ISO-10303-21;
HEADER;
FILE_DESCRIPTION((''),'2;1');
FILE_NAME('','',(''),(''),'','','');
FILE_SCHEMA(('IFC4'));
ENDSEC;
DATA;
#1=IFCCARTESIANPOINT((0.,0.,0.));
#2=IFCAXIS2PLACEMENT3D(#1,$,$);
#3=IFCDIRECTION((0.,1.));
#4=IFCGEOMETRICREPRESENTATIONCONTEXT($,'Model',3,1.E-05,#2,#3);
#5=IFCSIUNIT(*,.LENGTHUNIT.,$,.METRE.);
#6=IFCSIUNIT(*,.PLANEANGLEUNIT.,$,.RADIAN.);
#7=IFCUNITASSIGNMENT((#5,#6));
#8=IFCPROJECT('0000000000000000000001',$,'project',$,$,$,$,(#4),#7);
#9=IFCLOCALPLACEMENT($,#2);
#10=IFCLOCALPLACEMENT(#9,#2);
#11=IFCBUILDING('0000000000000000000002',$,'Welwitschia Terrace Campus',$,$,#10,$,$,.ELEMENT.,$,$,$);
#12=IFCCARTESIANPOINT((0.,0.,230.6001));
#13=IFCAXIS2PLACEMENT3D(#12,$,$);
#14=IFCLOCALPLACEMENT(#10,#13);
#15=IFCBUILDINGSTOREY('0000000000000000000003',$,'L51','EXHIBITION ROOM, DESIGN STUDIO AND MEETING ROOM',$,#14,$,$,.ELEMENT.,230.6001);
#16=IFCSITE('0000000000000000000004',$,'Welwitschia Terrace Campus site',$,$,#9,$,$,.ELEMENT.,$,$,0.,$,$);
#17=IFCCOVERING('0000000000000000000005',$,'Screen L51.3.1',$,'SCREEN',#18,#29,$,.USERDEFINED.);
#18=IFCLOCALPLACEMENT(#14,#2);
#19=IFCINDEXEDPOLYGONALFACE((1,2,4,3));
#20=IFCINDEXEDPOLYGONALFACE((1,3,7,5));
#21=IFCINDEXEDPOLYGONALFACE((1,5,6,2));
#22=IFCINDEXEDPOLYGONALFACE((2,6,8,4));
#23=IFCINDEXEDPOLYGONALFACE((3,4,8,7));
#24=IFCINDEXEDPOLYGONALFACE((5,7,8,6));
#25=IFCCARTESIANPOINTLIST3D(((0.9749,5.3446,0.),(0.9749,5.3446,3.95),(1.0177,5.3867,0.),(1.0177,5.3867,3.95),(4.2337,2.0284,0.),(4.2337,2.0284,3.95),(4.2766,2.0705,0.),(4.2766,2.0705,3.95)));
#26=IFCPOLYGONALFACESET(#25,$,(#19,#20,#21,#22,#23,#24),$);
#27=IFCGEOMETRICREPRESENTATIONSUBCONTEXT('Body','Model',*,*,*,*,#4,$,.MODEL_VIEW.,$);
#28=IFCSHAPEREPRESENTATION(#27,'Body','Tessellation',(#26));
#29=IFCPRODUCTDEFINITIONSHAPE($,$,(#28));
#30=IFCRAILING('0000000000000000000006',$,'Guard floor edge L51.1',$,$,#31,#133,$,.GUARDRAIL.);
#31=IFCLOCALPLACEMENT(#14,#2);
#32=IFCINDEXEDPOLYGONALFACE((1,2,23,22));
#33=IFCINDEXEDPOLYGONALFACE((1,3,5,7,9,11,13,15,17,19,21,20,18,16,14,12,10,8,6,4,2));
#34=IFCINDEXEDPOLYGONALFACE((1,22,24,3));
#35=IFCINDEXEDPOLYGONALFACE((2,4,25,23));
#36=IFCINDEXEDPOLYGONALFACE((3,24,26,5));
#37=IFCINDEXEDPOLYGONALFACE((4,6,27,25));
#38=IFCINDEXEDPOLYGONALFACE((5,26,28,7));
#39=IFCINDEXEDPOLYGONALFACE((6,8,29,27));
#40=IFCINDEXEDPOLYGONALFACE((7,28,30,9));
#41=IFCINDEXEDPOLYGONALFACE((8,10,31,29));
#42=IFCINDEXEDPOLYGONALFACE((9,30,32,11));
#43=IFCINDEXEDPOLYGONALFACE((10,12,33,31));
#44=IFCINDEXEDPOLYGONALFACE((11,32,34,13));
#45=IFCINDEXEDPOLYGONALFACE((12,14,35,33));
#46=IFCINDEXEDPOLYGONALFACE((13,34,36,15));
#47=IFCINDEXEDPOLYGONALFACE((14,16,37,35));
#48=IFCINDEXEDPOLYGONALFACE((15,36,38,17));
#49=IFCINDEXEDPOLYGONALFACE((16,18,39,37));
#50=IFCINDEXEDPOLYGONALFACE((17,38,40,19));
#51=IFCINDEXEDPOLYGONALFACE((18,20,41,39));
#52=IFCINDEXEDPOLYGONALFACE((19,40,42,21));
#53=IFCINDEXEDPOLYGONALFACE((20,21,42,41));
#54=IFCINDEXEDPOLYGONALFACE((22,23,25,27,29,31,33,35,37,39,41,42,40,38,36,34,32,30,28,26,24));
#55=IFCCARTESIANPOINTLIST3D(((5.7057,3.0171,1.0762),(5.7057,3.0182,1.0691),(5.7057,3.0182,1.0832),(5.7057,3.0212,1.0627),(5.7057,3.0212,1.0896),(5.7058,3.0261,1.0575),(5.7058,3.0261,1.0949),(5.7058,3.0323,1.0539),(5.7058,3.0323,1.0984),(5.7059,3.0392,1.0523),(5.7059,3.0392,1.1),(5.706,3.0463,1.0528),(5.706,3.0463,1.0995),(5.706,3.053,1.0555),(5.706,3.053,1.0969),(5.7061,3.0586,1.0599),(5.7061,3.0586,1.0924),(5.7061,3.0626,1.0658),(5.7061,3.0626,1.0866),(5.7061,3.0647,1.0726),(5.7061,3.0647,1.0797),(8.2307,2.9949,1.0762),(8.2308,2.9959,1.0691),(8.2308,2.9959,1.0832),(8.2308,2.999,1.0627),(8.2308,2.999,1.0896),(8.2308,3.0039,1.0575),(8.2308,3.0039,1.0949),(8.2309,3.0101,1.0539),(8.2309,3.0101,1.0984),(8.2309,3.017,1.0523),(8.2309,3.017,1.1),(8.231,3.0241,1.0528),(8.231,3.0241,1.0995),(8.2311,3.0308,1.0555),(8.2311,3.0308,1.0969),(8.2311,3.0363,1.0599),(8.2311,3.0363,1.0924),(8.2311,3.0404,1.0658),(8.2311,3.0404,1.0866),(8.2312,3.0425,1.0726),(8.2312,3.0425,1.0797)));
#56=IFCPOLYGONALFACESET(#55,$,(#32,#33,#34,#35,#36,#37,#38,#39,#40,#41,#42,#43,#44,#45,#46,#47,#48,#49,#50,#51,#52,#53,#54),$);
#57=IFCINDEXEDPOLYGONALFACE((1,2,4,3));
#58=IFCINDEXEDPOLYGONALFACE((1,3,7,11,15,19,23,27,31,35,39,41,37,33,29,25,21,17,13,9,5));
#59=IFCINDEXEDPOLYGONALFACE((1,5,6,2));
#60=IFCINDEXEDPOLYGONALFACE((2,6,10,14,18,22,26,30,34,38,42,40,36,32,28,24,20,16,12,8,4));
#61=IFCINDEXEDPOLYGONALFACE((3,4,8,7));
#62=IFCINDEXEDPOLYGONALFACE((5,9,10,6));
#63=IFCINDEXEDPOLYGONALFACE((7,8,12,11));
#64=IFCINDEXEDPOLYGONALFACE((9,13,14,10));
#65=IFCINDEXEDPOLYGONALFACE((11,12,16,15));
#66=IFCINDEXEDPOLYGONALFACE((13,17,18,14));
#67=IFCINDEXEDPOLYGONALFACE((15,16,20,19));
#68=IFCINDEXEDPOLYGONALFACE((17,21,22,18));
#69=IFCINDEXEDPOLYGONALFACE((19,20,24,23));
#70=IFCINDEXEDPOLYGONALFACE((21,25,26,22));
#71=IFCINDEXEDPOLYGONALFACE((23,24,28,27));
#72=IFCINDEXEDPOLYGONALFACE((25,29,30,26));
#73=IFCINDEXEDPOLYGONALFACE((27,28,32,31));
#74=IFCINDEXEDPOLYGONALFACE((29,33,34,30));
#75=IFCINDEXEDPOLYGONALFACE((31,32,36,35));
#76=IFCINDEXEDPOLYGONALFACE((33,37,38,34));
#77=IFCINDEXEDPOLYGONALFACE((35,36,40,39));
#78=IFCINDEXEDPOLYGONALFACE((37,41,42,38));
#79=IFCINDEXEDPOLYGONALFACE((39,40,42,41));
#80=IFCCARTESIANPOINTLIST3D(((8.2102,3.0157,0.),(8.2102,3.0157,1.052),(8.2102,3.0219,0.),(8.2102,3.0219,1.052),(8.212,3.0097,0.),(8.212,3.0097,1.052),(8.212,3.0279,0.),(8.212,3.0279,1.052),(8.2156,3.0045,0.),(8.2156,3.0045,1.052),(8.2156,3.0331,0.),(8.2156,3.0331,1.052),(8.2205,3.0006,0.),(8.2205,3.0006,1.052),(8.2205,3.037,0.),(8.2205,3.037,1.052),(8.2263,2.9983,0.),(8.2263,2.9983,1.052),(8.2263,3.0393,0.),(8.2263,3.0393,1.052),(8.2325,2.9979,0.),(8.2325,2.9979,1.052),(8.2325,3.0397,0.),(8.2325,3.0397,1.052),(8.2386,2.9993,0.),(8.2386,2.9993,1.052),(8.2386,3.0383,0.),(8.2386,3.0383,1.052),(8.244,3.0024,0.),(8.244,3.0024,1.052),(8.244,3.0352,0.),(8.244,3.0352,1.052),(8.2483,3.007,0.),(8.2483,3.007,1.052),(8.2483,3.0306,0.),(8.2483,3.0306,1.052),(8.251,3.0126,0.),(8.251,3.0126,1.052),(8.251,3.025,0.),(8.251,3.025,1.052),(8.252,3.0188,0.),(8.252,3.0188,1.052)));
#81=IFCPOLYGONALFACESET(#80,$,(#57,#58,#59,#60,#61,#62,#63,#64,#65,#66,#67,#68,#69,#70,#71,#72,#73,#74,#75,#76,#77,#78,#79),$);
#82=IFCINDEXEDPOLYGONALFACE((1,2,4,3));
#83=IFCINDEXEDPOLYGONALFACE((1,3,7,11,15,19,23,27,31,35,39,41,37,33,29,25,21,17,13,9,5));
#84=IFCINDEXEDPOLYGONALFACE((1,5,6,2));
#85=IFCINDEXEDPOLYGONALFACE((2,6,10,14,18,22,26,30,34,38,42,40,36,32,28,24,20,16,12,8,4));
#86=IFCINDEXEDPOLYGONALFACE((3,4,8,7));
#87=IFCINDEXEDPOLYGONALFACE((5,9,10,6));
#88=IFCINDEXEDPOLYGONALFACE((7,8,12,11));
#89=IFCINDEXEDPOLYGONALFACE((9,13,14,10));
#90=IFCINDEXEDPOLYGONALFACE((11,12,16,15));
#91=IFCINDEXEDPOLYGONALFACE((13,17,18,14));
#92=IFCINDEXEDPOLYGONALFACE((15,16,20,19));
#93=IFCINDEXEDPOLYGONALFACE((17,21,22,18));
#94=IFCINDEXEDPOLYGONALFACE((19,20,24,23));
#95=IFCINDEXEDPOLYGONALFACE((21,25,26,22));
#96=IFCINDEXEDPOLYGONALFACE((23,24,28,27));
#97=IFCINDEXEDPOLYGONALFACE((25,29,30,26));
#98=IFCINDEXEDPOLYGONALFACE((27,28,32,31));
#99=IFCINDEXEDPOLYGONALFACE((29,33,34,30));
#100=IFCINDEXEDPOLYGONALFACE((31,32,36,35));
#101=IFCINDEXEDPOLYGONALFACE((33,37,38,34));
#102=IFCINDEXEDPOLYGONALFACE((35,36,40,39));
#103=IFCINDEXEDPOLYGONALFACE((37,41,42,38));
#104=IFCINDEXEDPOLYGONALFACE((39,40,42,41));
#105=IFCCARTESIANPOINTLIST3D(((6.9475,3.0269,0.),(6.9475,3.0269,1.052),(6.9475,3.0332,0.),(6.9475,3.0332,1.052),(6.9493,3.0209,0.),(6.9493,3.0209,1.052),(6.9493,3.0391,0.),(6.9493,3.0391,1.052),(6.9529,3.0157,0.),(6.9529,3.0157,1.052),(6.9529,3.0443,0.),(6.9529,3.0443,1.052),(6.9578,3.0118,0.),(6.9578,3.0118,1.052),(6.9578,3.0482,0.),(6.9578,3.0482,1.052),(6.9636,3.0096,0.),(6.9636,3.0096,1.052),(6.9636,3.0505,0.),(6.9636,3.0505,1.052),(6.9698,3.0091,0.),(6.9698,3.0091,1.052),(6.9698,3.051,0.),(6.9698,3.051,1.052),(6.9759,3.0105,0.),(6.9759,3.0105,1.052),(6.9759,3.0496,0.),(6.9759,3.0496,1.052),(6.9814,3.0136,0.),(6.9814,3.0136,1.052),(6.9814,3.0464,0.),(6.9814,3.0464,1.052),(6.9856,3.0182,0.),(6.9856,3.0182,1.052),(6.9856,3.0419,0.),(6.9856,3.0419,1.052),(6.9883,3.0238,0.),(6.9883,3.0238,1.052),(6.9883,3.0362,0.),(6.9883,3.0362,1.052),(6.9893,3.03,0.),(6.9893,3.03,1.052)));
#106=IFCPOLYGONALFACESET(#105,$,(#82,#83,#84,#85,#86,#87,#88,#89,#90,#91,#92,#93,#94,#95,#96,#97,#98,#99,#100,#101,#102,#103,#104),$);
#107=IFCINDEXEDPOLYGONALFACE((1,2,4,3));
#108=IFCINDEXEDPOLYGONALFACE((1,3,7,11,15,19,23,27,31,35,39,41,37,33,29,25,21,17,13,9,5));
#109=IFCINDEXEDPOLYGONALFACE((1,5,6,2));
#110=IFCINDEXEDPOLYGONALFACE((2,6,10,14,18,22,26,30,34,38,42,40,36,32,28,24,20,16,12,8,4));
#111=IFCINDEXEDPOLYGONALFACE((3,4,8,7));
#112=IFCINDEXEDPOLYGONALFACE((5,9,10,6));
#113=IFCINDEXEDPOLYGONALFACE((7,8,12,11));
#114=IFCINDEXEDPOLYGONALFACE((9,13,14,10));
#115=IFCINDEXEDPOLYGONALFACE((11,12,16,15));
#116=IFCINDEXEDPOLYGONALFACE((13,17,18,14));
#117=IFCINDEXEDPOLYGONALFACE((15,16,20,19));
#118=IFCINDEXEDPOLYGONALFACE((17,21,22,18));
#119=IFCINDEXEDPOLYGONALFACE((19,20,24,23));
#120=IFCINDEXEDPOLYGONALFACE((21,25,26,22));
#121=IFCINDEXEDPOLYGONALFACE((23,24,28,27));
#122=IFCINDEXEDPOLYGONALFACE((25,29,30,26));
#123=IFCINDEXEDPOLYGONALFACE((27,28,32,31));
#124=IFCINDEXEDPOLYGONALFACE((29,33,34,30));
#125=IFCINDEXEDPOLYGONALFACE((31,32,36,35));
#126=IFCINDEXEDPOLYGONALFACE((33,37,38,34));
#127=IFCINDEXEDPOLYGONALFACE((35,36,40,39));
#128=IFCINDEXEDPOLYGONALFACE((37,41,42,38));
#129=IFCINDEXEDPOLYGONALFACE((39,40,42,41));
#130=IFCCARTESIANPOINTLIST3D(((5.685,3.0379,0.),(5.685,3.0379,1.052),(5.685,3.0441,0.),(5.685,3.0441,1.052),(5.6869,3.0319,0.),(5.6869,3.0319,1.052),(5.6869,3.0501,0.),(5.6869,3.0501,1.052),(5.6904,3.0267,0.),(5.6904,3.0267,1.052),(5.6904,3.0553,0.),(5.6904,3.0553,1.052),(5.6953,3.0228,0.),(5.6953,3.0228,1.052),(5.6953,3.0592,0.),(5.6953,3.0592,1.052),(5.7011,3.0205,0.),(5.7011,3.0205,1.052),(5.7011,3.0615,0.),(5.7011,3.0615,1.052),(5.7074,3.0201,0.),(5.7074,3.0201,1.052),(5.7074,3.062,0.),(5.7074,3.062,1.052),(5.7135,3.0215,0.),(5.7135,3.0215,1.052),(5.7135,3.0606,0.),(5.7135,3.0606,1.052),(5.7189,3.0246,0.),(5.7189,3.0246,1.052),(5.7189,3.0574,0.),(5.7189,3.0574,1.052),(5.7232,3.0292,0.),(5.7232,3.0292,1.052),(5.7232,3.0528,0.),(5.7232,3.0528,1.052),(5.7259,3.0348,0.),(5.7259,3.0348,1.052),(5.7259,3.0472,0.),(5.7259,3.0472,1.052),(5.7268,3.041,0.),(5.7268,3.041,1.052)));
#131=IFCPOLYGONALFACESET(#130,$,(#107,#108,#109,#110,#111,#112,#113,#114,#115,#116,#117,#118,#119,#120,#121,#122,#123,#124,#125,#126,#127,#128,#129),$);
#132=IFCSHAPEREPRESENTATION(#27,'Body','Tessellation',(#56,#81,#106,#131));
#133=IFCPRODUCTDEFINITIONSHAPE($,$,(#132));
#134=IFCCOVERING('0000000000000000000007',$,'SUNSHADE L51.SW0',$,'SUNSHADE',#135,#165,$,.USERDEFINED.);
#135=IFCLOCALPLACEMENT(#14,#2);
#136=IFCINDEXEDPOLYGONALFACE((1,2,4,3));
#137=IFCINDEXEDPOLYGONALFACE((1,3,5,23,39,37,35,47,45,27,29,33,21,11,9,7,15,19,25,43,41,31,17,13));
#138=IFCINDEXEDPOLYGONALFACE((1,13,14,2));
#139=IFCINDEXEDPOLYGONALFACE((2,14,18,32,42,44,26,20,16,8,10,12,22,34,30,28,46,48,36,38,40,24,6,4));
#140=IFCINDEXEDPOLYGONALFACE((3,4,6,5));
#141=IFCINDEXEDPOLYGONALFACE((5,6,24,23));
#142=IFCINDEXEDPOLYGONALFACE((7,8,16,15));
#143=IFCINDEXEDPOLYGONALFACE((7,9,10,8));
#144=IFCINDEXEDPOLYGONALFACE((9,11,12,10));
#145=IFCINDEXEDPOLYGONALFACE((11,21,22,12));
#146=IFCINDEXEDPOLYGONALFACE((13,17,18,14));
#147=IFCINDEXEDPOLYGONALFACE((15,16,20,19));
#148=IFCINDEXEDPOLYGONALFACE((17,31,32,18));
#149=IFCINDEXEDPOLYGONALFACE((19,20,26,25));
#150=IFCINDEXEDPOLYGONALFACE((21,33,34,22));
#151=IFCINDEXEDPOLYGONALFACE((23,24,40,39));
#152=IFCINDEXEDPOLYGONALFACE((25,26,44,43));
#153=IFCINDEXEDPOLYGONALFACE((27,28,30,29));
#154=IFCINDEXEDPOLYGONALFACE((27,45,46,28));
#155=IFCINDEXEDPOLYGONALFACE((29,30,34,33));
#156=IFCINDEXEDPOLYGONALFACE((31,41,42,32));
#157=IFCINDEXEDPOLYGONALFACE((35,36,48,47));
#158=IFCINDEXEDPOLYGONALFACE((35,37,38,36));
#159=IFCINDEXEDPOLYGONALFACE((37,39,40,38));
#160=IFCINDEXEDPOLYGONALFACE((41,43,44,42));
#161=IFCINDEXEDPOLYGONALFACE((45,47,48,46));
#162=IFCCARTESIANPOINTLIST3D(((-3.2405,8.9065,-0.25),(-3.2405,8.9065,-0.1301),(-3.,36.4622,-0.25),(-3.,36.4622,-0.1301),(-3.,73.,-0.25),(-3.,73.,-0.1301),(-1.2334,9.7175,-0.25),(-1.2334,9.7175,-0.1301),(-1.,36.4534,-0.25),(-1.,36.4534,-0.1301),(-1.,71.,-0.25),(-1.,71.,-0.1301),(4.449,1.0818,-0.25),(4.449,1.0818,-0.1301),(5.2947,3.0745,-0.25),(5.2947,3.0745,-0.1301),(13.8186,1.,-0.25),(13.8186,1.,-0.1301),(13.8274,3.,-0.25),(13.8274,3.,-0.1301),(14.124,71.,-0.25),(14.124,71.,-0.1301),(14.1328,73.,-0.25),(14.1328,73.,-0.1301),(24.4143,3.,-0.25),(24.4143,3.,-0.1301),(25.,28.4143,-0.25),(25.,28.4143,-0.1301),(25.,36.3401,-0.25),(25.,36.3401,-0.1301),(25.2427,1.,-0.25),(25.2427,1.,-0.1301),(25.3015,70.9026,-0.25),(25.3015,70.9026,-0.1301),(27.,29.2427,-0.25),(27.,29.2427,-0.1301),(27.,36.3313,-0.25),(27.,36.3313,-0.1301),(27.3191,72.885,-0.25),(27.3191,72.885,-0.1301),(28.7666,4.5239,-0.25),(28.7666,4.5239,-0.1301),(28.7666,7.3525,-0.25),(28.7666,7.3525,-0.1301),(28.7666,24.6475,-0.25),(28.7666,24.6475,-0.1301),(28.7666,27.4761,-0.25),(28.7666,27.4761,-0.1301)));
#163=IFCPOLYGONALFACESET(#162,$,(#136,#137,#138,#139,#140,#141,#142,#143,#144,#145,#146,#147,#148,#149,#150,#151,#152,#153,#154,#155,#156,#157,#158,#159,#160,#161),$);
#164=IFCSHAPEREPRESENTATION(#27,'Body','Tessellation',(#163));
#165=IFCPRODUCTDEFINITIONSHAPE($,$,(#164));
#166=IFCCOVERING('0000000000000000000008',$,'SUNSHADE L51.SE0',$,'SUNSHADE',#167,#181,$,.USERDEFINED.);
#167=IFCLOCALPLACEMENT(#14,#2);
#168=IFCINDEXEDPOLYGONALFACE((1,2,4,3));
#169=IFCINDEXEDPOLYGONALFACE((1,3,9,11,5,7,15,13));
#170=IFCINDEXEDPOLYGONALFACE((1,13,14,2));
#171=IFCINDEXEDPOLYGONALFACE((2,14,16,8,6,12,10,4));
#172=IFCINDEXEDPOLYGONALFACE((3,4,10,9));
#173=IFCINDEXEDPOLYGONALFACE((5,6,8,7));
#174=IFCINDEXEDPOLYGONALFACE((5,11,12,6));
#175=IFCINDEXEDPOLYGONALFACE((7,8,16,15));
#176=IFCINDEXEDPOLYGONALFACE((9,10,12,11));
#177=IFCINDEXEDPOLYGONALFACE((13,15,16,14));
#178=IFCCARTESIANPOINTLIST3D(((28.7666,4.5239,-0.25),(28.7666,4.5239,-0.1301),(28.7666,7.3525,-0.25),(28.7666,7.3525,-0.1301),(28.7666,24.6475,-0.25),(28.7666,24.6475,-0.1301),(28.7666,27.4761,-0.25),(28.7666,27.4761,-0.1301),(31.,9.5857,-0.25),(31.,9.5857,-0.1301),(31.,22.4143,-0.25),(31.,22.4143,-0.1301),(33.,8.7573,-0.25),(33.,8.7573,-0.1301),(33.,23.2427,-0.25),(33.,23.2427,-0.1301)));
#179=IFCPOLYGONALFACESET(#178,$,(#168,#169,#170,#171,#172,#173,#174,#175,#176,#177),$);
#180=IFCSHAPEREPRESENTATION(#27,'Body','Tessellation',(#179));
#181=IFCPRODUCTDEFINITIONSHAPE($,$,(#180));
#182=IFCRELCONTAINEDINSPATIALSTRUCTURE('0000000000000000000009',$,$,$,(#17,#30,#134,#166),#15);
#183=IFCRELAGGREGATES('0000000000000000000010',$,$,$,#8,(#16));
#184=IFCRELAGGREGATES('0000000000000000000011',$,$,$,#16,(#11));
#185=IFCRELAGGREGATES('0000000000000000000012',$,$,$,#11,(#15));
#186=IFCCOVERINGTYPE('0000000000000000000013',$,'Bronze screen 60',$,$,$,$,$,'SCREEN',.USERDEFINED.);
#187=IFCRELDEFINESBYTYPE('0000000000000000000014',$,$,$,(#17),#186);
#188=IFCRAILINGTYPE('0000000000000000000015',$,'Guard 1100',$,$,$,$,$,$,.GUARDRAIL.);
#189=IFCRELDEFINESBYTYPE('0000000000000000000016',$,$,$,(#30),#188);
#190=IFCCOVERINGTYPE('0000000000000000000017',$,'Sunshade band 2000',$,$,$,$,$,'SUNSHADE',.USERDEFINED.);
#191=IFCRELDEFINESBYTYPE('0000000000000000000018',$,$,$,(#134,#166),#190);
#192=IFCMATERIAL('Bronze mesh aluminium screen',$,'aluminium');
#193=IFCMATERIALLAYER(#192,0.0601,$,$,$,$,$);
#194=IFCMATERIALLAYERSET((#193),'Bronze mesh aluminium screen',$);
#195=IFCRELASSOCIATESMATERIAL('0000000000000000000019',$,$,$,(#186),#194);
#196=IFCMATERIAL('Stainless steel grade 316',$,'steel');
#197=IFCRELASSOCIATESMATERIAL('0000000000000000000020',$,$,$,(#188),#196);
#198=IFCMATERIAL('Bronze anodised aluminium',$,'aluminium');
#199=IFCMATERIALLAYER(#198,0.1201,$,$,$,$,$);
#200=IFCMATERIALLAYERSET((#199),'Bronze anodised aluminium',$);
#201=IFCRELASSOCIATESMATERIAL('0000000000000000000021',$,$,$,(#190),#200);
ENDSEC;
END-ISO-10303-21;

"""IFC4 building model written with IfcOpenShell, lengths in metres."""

from ifc_helpers import new_model, si_unit, direction, frame, origin, origin_2d, place, context, subcontext, project, spatial, polyline, rectangle, circle, outline, extrude, material, layer, layer_set, type_object, element, save


model = new_model("IFC4")

# Units and contexts
model_context = context("Model", 3, precision=1e-05, world=origin(), true_north=direction((0.0, 1.0)))
body_context = subcontext(model_context, "Body", "Model", "MODEL_VIEW")
ifc_project = project(units=[si_unit("LENGTHUNIT", "METRE"), si_unit("PLANEANGLEUNIT", "RADIAN")], contexts=[model_context])

# Site, building, storey
site_placement = place(None, origin())
site = spatial("IfcSite", under=ifc_project, at=site_placement, Name="Welwitschia Terrace Campus site", CompositionType="ELEMENT", RefElevation=0.0)
building_placement = place(site_placement, origin())
building = spatial("IfcBuilding", under=site, at=building_placement, Name="Welwitschia Terrace Campus", CompositionType="ELEMENT")
storey_placement = place(building_placement, frame((0.0, 0.0, 230.6001)))
storey = spatial("IfcBuildingStorey", under=building, at=storey_placement, Name="L51", Description="EXHIBITION ROOM, DESIGN STUDIO AND MEETING ROOM", CompositionType="ELEMENT", Elevation=230.6001)

# Covering
ifc_material_1 = material(Name="Bronze mesh aluminium screen", Category="aluminium")
ifc_layer_1 = layer(ifc_material_1, 0.0601)
ifc_layer_set_1 = layer_set([ifc_layer_1], Name="Bronze mesh aluminium screen")
covering_type_1 = type_object("IfcCoveringType", Name="Bronze screen 60", ElementType="SCREEN", PredefinedType="USERDEFINED", material=ifc_layer_set_1)
covering_1_placement = place(storey_placement, frame((2.6257, 3.7075, 0.0), z_axis=(0.0, 0.0, 1.0), x_axis=(0.700909, -0.71325, 0.0)))
element("IfcCovering", 1, at=covering_1_placement, inside=storey, type_object=covering_type_1, Name="Screen L51.3.1", ObjectType="SCREEN", PredefinedType="USERDEFINED", context=body_context, shape_type="SweptSolid", body=[
    extrude(rectangle(XDim=4.6494, YDim=0.0601, at=origin_2d()), origin(), (0.0, 0.0, 1.0), 3.95),
])

# Railing
ifc_material_2 = material(Name="Stainless steel grade 316", Category="steel")
railing_type = type_object("IfcRailingType", Name="Guard 1100", PredefinedType="GUARDRAIL", material=ifc_material_2)
railing_placement = place(storey_placement, frame((8.231, 3.0188, 0.0)))
element("IfcRailing", 2, at=railing_placement, inside=storey, type_object=railing_type, Name="Guard floor edge L51.1", PredefinedType="GUARDRAIL", context=body_context, shape_type="SweptSolid", body=[
    extrude(circle(Radius=0.0239, at=origin_2d()), frame((0.0, 0.0, 1.0762), z_axis=(-0.999961, 0.008798, 0.0), x_axis=(-0.008798, -0.999961, 0.0)), (0.0, 0.0, 1.0), 2.5251),
    extrude(circle(Radius=0.021, at=origin_2d()), origin(), (0.0, 0.0, 1.0), 1.052),
    extrude(circle(Radius=0.021, at=origin_2d()), frame((-1.2627, 0.0112, 0.0)), (0.0, 0.0, 1.0), 1.052),
    extrude(circle(Radius=0.021, at=origin_2d()), frame((-2.5251, 0.0222, 0.0)), (0.0, 0.0, 1.0), 1.052),
])

# Coverings
ifc_material_3 = material(Name="Bronze anodised aluminium", Category="aluminium")
ifc_layer_2 = layer(ifc_material_3, 0.1201)
ifc_layer_set_2 = layer_set([ifc_layer_2], Name="Bronze anodised aluminium")
covering_type_2 = type_object("IfcCoveringType", Name="Sunshade band 2000", ElementType="SUNSHADE", PredefinedType="USERDEFINED", material=ifc_layer_set_2)
covering_2_placement = place(storey_placement, frame((0.0, 0.0, -0.25)))
element("IfcCovering", 3, at=covering_2_placement, inside=storey, type_object=covering_type_2, Name="SUNSHADE L51.SW0", ObjectType="SUNSHADE", PredefinedType="USERDEFINED", context=body_context, shape_type="SweptSolid", body=[
    extrude(outline(polyline([(27.0, 36.3313), (27.0, 29.2427), (28.7666, 27.4761), (28.7666, 24.6475), (25.0, 28.4143), (25.0, 36.3401), (25.3015, 70.9026), (14.124, 71.0), (-1.0, 71.0), (-1.0, 36.4534), (-1.2334, 9.7175), (5.2947, 3.0745), (13.8274, 3.0), (24.4143, 3.0), (28.7666, 7.3525), (28.7666, 4.5239), (25.2427, 1.0), (13.8186, 1.0), (4.449, 1.0818), (-3.2405, 8.9065), (-3.0, 36.4622), (-3.0, 73.0), (14.1328, 73.0), (27.3191, 72.885), (27.0, 36.3313)])), origin(), (0.0, 0.0, 1.0), 0.1199),
])
covering_3_placement = place(storey_placement, frame((0.0, 0.0, -0.25)))
element("IfcCovering", 4, at=covering_3_placement, inside=storey, type_object=covering_type_2, Name="SUNSHADE L51.SE0", ObjectType="SUNSHADE", PredefinedType="USERDEFINED", context=body_context, shape_type="SweptSolid", body=[
    extrude(outline(polyline([(33.0, 23.2427), (33.0, 8.7573), (28.7666, 4.5239), (28.7666, 7.3525), (31.0, 9.5857), (31.0, 22.4143), (28.7666, 24.6475), (28.7666, 27.4761), (33.0, 23.2427)])), origin(), (0.0, 0.0, 1.0), 0.1199),
])

save(model, "model.ifc")
